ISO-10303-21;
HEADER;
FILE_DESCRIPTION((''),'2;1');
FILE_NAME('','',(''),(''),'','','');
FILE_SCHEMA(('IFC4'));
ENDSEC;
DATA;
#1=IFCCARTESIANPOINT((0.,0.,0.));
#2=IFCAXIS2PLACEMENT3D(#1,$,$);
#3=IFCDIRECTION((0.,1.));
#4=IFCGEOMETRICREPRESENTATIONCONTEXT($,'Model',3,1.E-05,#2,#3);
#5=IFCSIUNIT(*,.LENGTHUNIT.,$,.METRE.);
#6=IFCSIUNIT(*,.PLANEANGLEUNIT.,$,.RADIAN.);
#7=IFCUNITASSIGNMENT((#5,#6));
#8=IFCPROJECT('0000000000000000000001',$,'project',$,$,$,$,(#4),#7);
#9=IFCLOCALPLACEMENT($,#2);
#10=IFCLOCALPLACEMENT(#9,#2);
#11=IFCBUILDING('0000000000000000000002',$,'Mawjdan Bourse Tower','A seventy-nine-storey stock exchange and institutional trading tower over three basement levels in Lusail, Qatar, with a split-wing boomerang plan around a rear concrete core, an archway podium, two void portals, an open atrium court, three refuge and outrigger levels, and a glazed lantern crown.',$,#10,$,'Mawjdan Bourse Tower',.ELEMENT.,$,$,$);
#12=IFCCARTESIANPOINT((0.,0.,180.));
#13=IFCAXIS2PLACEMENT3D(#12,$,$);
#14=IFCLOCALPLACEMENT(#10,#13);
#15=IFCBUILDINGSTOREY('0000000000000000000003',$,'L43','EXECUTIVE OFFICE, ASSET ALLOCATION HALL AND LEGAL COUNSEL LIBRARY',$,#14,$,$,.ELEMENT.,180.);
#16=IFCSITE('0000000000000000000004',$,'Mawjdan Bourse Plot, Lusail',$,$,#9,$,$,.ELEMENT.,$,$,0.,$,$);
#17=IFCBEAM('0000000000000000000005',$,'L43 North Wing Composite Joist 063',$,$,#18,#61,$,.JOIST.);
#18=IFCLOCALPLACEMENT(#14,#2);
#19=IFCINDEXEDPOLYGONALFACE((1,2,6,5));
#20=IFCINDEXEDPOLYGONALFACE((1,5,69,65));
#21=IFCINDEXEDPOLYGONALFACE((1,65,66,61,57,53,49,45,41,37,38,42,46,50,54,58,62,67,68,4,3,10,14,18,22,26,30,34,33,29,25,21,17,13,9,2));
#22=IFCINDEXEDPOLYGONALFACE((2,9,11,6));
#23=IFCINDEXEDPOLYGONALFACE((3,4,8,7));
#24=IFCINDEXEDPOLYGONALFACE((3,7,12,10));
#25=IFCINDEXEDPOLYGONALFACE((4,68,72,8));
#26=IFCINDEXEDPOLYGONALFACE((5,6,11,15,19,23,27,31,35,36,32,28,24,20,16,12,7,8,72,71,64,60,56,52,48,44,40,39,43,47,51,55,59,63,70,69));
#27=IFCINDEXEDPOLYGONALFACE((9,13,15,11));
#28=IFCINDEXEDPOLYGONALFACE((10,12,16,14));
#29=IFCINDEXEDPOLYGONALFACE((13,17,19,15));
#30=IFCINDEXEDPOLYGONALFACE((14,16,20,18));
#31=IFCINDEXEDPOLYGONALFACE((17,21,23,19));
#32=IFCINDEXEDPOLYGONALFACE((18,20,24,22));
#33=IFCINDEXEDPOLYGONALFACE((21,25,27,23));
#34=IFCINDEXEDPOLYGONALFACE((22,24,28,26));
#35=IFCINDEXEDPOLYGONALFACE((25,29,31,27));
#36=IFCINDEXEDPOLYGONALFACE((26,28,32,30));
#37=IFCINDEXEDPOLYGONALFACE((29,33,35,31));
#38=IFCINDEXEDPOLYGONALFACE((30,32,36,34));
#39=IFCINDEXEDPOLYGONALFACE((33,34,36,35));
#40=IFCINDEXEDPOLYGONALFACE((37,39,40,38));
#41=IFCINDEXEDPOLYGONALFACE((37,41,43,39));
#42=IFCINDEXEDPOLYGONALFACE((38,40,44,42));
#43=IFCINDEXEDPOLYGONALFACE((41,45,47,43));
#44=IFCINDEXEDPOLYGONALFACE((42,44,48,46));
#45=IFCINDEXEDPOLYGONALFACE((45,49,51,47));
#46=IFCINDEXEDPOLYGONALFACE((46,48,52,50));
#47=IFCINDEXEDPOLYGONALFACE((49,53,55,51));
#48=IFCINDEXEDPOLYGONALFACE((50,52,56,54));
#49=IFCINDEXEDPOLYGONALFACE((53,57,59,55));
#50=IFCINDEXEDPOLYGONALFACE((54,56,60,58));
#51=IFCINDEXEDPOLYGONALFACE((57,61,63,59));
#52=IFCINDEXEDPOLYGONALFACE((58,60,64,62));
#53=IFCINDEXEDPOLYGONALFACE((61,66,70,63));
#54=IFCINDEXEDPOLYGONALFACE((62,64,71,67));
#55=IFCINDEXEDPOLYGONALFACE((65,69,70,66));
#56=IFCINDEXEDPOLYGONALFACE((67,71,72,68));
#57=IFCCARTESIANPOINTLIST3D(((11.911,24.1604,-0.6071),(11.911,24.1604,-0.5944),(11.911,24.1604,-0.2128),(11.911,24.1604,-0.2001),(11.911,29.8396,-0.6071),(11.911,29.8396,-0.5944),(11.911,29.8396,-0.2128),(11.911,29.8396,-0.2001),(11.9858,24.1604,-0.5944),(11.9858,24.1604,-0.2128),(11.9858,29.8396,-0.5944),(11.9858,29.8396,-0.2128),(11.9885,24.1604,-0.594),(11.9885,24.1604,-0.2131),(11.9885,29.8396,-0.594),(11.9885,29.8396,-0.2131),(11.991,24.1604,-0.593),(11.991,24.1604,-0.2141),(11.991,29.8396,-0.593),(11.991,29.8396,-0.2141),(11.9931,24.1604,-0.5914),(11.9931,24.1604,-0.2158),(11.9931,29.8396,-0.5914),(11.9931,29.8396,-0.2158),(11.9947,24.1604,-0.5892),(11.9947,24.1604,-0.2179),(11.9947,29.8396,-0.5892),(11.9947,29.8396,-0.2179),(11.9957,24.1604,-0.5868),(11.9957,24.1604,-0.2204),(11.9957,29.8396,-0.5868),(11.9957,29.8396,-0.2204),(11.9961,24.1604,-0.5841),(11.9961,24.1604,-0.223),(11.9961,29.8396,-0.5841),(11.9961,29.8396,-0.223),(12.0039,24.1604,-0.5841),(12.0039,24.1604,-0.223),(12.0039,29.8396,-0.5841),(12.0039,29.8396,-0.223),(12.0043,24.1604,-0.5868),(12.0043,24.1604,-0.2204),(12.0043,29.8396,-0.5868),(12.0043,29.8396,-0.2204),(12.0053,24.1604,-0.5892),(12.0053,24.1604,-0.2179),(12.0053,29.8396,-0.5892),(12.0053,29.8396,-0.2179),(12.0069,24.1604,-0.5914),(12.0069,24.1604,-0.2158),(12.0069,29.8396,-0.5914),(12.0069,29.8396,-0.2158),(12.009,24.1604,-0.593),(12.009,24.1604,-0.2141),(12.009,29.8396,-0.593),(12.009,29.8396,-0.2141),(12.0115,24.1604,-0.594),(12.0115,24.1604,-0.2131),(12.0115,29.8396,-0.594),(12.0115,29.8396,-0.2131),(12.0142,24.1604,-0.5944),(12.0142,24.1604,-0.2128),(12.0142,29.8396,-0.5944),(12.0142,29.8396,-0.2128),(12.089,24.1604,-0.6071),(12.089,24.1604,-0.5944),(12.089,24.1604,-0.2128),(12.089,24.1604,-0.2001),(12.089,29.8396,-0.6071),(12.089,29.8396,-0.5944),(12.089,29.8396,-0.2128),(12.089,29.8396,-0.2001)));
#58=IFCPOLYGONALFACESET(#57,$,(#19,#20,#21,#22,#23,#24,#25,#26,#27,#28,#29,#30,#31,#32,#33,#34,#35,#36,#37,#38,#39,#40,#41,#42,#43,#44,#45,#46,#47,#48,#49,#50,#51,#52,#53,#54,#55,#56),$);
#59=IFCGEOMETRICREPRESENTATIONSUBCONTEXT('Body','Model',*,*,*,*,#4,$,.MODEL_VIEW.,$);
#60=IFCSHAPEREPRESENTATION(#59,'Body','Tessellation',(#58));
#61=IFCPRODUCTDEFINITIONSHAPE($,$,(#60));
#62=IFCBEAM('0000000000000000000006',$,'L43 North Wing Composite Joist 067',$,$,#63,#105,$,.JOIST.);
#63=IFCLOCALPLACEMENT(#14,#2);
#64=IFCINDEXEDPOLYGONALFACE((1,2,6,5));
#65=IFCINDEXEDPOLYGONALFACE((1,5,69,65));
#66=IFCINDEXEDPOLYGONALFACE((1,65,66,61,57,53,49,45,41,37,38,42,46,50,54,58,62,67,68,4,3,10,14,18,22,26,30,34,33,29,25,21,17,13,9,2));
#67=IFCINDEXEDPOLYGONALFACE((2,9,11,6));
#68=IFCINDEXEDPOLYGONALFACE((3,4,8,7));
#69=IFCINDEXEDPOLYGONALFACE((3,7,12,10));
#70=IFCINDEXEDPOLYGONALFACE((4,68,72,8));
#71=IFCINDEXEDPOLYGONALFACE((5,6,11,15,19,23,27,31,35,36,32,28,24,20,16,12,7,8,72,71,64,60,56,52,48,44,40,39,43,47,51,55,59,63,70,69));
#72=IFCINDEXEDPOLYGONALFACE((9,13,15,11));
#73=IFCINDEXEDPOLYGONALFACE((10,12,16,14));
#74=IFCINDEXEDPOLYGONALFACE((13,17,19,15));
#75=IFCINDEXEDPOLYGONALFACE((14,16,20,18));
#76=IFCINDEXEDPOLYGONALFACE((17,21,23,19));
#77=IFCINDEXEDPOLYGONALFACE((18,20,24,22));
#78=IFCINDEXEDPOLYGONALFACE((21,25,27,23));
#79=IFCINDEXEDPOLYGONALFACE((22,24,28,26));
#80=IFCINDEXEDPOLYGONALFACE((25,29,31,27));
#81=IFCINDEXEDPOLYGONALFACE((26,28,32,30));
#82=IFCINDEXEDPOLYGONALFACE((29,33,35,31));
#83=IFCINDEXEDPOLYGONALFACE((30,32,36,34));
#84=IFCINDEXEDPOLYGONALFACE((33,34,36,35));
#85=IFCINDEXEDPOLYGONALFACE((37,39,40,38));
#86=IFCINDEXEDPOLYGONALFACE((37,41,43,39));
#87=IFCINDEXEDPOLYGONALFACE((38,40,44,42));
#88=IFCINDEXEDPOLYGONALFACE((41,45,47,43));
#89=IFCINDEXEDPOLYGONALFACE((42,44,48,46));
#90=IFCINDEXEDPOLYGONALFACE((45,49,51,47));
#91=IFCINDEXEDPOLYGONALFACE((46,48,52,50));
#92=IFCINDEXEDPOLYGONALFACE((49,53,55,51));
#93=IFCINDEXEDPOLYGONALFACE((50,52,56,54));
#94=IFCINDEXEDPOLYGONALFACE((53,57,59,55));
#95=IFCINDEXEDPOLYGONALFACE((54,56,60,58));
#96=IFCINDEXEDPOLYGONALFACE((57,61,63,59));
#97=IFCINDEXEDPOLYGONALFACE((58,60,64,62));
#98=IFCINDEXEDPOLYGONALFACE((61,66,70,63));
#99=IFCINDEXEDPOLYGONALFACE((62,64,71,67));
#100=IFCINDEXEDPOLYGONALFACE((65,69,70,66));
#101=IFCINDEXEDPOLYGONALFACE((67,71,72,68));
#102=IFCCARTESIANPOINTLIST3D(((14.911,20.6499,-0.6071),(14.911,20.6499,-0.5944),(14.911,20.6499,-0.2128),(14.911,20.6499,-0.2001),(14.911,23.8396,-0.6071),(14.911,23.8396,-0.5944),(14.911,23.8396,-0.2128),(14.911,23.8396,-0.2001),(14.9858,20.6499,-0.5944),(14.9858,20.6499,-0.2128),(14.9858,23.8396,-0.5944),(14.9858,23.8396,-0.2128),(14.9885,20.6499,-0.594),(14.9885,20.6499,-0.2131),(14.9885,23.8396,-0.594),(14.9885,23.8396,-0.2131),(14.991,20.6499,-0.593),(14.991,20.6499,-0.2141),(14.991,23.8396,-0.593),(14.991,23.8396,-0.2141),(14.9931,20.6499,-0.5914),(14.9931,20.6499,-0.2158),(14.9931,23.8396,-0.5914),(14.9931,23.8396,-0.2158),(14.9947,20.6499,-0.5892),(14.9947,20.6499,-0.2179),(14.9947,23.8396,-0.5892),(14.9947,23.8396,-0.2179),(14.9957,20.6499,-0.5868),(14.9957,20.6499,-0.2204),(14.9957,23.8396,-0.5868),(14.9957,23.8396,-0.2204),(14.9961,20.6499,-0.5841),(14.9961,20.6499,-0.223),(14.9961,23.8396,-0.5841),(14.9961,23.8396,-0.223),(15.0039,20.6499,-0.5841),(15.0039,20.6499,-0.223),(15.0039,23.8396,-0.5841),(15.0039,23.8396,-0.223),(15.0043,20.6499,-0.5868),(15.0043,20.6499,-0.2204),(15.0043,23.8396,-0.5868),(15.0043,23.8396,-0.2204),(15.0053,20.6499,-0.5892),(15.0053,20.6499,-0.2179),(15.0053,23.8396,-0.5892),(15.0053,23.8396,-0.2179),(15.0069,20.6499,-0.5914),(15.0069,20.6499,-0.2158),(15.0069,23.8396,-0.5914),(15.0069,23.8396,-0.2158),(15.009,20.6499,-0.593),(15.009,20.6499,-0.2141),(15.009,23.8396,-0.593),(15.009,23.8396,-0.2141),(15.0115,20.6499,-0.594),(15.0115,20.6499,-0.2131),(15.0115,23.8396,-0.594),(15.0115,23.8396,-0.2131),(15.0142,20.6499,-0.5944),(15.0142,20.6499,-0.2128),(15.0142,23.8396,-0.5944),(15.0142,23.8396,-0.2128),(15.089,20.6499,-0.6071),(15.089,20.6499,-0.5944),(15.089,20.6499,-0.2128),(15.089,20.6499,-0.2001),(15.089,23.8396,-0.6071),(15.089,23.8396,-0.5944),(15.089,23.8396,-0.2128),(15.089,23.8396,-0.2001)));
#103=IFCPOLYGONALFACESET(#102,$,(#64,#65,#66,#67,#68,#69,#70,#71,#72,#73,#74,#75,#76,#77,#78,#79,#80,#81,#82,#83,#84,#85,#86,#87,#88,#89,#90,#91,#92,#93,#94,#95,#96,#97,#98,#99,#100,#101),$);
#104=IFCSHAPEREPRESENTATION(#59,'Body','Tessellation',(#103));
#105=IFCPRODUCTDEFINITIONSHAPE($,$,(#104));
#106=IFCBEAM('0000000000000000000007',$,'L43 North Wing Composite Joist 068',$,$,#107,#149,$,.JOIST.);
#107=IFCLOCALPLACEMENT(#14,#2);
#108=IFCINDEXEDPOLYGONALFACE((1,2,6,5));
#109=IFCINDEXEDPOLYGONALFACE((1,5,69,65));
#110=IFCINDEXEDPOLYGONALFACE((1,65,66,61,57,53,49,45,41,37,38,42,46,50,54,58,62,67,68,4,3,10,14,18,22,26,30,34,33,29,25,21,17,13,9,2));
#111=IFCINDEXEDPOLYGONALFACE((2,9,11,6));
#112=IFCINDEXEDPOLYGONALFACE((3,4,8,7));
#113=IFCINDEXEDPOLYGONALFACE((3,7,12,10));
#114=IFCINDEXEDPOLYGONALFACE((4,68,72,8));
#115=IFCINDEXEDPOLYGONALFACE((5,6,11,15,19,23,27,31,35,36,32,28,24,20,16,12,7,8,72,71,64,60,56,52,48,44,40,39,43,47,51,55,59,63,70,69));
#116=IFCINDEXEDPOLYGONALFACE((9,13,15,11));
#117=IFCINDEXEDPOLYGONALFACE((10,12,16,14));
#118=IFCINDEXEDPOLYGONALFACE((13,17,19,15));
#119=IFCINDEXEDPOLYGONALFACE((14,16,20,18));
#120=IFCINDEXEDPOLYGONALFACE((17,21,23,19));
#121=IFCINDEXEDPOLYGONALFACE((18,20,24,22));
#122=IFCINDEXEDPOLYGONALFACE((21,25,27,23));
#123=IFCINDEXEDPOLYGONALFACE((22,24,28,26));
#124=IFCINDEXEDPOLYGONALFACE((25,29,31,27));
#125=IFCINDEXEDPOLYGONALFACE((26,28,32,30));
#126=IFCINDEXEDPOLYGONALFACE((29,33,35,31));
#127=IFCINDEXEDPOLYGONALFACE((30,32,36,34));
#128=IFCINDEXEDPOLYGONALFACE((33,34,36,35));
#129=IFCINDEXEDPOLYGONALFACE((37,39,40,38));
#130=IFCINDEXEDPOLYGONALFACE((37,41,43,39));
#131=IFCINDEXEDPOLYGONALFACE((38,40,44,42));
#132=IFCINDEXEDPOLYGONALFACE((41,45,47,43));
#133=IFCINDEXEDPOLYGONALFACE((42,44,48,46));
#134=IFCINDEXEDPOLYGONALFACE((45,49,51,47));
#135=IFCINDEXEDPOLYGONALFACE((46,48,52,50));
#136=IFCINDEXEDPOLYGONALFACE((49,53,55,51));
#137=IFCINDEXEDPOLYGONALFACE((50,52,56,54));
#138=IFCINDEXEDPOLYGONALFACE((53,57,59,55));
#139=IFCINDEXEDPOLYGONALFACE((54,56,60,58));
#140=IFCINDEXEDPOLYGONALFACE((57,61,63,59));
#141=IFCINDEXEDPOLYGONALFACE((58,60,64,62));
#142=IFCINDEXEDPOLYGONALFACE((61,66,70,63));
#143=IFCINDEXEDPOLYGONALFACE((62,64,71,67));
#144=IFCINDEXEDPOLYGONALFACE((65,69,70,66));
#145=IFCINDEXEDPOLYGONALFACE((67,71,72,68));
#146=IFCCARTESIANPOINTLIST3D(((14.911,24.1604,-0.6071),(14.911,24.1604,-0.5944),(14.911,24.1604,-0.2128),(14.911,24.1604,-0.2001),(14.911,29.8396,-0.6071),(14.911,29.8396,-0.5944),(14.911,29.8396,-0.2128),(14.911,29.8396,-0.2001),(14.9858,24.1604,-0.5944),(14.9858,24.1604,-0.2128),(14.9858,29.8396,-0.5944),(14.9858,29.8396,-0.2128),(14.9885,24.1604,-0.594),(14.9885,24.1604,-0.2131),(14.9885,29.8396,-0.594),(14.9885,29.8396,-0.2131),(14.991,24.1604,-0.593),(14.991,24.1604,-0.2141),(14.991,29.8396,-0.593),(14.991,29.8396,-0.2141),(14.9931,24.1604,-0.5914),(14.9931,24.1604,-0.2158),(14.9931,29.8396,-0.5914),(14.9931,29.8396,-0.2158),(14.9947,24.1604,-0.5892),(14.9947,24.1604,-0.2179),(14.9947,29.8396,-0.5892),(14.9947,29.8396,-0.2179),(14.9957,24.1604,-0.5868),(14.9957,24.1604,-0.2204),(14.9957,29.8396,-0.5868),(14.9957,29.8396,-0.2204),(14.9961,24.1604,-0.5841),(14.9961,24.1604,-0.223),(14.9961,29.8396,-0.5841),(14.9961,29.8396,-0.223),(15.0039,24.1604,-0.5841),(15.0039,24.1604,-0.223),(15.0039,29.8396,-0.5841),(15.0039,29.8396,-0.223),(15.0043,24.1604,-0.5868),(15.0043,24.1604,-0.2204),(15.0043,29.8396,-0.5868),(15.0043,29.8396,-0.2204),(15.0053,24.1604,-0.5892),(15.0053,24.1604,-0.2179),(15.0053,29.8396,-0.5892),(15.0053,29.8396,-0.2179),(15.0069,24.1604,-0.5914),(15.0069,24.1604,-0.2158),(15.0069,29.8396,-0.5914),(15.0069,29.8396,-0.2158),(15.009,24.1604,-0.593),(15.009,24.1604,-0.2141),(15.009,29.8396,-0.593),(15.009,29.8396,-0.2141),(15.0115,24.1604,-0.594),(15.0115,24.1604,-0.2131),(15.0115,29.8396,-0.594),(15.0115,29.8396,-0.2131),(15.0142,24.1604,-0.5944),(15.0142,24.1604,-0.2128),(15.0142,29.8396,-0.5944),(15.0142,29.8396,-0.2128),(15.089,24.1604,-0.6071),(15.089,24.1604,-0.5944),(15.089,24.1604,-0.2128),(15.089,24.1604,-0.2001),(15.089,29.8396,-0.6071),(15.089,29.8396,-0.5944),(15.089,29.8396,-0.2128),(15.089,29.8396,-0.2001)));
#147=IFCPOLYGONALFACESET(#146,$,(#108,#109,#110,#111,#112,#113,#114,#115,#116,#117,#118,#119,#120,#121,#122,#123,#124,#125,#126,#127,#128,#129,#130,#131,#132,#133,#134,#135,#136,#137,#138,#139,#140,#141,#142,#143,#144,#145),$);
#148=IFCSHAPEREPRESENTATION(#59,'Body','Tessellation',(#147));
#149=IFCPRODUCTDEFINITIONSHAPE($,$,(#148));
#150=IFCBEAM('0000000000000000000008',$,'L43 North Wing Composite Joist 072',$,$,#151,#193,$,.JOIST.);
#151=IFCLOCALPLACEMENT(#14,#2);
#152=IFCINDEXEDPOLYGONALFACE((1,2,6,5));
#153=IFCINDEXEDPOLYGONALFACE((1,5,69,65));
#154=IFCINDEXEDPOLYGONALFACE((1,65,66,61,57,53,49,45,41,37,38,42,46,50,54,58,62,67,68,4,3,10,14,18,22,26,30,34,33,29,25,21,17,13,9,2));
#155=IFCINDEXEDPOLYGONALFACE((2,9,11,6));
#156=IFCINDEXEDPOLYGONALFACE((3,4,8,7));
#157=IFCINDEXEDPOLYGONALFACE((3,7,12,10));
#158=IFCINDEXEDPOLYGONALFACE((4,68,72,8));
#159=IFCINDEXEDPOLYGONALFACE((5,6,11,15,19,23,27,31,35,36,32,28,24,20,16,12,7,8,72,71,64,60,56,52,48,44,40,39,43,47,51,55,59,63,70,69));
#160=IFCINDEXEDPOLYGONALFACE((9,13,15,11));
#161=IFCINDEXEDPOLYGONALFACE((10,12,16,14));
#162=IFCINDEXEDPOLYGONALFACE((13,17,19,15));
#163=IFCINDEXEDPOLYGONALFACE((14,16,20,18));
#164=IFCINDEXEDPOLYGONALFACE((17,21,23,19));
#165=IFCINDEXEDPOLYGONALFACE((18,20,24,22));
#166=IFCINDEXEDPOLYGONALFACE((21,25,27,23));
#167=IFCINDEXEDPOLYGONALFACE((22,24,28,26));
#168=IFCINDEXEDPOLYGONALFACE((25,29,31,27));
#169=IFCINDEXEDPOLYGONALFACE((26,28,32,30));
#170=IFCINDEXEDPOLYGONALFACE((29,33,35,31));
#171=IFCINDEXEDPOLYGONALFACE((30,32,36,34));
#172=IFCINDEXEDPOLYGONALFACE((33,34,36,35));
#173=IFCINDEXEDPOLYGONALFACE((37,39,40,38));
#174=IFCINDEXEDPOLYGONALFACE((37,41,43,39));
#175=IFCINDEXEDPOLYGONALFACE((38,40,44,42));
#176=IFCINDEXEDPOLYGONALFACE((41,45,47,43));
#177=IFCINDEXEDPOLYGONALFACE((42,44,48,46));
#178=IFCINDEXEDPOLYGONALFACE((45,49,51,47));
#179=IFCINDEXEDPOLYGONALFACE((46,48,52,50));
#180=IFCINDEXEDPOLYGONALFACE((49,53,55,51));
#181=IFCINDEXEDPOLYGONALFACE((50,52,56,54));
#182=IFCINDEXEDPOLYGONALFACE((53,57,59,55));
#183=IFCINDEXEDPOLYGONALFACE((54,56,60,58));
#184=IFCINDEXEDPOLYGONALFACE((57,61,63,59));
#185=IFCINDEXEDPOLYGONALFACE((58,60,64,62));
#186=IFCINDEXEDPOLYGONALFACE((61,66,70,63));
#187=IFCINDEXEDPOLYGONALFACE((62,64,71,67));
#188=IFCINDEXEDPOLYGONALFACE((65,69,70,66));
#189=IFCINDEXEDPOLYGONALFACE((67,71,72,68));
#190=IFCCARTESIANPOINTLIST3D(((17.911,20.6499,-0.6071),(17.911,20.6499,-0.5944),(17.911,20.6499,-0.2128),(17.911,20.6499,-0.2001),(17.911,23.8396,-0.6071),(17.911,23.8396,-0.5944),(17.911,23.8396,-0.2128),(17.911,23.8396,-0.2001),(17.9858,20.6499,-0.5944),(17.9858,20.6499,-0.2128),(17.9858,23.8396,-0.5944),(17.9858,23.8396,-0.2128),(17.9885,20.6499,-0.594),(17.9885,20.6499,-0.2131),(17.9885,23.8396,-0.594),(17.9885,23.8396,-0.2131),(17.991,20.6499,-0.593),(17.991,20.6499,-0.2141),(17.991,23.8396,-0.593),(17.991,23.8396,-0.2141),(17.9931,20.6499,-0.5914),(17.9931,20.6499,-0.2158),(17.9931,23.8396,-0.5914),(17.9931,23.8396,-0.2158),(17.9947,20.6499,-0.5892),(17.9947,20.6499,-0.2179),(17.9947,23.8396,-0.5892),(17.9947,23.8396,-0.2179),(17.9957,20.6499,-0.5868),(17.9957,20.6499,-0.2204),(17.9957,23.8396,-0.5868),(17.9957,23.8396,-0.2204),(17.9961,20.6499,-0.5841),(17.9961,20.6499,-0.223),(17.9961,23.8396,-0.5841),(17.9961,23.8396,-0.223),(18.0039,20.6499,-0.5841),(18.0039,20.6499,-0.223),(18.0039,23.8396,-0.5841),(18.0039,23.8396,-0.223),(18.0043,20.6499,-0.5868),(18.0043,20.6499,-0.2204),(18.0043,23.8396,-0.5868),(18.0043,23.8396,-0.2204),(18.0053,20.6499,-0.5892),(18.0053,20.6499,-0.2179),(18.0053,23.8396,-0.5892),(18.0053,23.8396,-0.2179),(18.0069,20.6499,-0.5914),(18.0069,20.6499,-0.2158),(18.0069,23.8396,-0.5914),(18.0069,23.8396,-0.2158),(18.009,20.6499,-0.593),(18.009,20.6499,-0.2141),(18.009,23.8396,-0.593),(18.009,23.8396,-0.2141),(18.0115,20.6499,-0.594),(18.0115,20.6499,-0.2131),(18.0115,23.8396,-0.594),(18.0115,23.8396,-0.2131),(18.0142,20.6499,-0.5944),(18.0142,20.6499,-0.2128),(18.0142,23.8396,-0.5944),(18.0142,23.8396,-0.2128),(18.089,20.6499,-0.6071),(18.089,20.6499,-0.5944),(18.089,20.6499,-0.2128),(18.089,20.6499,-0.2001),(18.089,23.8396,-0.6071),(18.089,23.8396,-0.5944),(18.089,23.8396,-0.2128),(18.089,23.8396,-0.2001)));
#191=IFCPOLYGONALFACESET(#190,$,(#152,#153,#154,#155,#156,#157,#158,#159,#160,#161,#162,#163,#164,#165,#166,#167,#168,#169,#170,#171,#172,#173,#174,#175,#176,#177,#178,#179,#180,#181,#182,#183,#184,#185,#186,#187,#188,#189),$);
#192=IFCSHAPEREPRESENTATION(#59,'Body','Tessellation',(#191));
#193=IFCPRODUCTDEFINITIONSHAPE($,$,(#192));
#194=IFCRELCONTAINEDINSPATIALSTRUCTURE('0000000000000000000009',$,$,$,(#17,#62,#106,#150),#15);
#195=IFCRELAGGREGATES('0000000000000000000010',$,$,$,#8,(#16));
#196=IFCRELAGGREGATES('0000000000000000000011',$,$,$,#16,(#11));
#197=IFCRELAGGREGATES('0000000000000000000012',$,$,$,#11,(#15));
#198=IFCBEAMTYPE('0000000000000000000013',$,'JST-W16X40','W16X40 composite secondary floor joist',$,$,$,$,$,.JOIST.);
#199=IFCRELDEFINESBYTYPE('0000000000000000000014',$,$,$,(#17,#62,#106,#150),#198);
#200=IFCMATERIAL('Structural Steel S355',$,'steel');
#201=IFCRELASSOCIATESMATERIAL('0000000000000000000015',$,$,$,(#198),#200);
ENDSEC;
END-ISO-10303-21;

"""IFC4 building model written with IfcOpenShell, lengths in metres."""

from ifc_helpers import new_model, si_unit, direction, frame, origin, origin_2d, place, context, subcontext, project, spatial, i_section, extrude, material, material_profile, profile_set, type_object, element, save


model = new_model("IFC4")

# Units and contexts
model_context = context("Model", 3, precision=1e-05, world=origin(), true_north=direction((0.0, 1.0)))
body_context = subcontext(model_context, "Body", "Model", "MODEL_VIEW")
ifc_project = project(units=[si_unit("LENGTHUNIT", "METRE"), si_unit("PLANEANGLEUNIT", "RADIAN")], contexts=[model_context])

# Site, building, storey
site_placement = place(None, origin())
site = spatial("IfcSite", under=ifc_project, at=site_placement, Name="Mawjdan Bourse Plot, Lusail", CompositionType="ELEMENT", RefElevation=0.0)
building_placement = place(site_placement, origin())
building = spatial("IfcBuilding", under=site, at=building_placement, Name="Mawjdan Bourse Tower", Description="A seventy-nine-storey stock exchange and institutional trading tower over three basement levels in Lusail, Qatar, with a split-wing boomerang plan around a rear concrete core, an archway podium, two void portals, an open atrium court, three refuge and outrigger levels, and a glazed lantern crown.", LongName="Mawjdan Bourse Tower", CompositionType="ELEMENT")
storey_placement = place(building_placement, frame((0.0, 0.0, 180.0)))
storey = spatial("IfcBuildingStorey", under=building, at=storey_placement, Name="L43", Description="EXECUTIVE OFFICE, ASSET ALLOCATION HALL AND LEGAL COUNSEL LIBRARY", CompositionType="ELEMENT", Elevation=180.0)

# Beams
ifc_material_1 = material(Name="Structural Steel S355", Category="steel")
ifc_material_profile_1 = material_profile(ifc_material_1, i_section(OverallWidth=0.178, OverallDepth=0.407, WebThickness=0.0078, FlangeThickness=0.0127, FilletRadius=0.0103, at=origin_2d()), Name="W16X40")
ifc_profile_set_1 = profile_set([ifc_material_profile_1], Name="Structural Steel S355")
beam_type_1 = type_object("IfcBeamType", Name="JST-W16X40", Description="W16X40 composite secondary floor joist", PredefinedType="JOIST", material=ifc_profile_set_1)
beam_1_placement = place(storey_placement, frame((12.0, 24.1604, -0.4036), z_axis=(0.0, 1.0, 0.0), x_axis=(-1.0, 0.0, 0.0)))
element("IfcBeam", 1, at=beam_1_placement, inside=storey, type_object=beam_type_1, Name="L43 North Wing Composite Joist 063", PredefinedType="JOIST", context=body_context, shape_type="SweptSolid", body=[
    extrude(i_section(OverallWidth=0.178, OverallDepth=0.407, WebThickness=0.0078, FlangeThickness=0.0127, FilletRadius=0.0103, at=origin_2d()), origin(), (0.0, 0.0, 1.0), 5.6792),
])
beam_2_placement = place(storey_placement, frame((15.0, 20.6499, -0.4036), z_axis=(0.0, 1.0, 0.0), x_axis=(-1.0, 0.0, 0.0)))
element("IfcBeam", 2, at=beam_2_placement, inside=storey, type_object=beam_type_1, Name="L43 North Wing Composite Joist 067", PredefinedType="JOIST", context=body_context, shape_type="SweptSolid", body=[
    extrude(i_section(OverallWidth=0.178, OverallDepth=0.407, WebThickness=0.0078, FlangeThickness=0.0127, FilletRadius=0.0103, at=origin_2d()), origin(), (0.0, 0.0, 1.0), 3.1897),
])
beam_3_placement = place(storey_placement, frame((15.0, 24.1604, -0.4036), z_axis=(0.0, 1.0, 0.0), x_axis=(-1.0, 0.0, 0.0)))
element("IfcBeam", 3, at=beam_3_placement, inside=storey, type_object=beam_type_1, Name="L43 North Wing Composite Joist 068", PredefinedType="JOIST", context=body_context, shape_type="SweptSolid", body=[
    extrude(i_section(OverallWidth=0.178, OverallDepth=0.407, WebThickness=0.0078, FlangeThickness=0.0127, FilletRadius=0.0103, at=origin_2d()), origin(), (0.0, 0.0, 1.0), 5.6792),
])
beam_4_placement = place(storey_placement, frame((18.0, 20.6499, -0.4036), z_axis=(0.0, 1.0, 0.0), x_axis=(-1.0, 0.0, 0.0)))
element("IfcBeam", 4, at=beam_4_placement, inside=storey, type_object=beam_type_1, Name="L43 North Wing Composite Joist 072", PredefinedType="JOIST", context=body_context, shape_type="SweptSolid", body=[
    extrude(i_section(OverallWidth=0.178, OverallDepth=0.407, WebThickness=0.0078, FlangeThickness=0.0127, FilletRadius=0.0103, at=origin_2d()), origin(), (0.0, 0.0, 1.0), 3.1897),
])

save(model, "model.ifc")
